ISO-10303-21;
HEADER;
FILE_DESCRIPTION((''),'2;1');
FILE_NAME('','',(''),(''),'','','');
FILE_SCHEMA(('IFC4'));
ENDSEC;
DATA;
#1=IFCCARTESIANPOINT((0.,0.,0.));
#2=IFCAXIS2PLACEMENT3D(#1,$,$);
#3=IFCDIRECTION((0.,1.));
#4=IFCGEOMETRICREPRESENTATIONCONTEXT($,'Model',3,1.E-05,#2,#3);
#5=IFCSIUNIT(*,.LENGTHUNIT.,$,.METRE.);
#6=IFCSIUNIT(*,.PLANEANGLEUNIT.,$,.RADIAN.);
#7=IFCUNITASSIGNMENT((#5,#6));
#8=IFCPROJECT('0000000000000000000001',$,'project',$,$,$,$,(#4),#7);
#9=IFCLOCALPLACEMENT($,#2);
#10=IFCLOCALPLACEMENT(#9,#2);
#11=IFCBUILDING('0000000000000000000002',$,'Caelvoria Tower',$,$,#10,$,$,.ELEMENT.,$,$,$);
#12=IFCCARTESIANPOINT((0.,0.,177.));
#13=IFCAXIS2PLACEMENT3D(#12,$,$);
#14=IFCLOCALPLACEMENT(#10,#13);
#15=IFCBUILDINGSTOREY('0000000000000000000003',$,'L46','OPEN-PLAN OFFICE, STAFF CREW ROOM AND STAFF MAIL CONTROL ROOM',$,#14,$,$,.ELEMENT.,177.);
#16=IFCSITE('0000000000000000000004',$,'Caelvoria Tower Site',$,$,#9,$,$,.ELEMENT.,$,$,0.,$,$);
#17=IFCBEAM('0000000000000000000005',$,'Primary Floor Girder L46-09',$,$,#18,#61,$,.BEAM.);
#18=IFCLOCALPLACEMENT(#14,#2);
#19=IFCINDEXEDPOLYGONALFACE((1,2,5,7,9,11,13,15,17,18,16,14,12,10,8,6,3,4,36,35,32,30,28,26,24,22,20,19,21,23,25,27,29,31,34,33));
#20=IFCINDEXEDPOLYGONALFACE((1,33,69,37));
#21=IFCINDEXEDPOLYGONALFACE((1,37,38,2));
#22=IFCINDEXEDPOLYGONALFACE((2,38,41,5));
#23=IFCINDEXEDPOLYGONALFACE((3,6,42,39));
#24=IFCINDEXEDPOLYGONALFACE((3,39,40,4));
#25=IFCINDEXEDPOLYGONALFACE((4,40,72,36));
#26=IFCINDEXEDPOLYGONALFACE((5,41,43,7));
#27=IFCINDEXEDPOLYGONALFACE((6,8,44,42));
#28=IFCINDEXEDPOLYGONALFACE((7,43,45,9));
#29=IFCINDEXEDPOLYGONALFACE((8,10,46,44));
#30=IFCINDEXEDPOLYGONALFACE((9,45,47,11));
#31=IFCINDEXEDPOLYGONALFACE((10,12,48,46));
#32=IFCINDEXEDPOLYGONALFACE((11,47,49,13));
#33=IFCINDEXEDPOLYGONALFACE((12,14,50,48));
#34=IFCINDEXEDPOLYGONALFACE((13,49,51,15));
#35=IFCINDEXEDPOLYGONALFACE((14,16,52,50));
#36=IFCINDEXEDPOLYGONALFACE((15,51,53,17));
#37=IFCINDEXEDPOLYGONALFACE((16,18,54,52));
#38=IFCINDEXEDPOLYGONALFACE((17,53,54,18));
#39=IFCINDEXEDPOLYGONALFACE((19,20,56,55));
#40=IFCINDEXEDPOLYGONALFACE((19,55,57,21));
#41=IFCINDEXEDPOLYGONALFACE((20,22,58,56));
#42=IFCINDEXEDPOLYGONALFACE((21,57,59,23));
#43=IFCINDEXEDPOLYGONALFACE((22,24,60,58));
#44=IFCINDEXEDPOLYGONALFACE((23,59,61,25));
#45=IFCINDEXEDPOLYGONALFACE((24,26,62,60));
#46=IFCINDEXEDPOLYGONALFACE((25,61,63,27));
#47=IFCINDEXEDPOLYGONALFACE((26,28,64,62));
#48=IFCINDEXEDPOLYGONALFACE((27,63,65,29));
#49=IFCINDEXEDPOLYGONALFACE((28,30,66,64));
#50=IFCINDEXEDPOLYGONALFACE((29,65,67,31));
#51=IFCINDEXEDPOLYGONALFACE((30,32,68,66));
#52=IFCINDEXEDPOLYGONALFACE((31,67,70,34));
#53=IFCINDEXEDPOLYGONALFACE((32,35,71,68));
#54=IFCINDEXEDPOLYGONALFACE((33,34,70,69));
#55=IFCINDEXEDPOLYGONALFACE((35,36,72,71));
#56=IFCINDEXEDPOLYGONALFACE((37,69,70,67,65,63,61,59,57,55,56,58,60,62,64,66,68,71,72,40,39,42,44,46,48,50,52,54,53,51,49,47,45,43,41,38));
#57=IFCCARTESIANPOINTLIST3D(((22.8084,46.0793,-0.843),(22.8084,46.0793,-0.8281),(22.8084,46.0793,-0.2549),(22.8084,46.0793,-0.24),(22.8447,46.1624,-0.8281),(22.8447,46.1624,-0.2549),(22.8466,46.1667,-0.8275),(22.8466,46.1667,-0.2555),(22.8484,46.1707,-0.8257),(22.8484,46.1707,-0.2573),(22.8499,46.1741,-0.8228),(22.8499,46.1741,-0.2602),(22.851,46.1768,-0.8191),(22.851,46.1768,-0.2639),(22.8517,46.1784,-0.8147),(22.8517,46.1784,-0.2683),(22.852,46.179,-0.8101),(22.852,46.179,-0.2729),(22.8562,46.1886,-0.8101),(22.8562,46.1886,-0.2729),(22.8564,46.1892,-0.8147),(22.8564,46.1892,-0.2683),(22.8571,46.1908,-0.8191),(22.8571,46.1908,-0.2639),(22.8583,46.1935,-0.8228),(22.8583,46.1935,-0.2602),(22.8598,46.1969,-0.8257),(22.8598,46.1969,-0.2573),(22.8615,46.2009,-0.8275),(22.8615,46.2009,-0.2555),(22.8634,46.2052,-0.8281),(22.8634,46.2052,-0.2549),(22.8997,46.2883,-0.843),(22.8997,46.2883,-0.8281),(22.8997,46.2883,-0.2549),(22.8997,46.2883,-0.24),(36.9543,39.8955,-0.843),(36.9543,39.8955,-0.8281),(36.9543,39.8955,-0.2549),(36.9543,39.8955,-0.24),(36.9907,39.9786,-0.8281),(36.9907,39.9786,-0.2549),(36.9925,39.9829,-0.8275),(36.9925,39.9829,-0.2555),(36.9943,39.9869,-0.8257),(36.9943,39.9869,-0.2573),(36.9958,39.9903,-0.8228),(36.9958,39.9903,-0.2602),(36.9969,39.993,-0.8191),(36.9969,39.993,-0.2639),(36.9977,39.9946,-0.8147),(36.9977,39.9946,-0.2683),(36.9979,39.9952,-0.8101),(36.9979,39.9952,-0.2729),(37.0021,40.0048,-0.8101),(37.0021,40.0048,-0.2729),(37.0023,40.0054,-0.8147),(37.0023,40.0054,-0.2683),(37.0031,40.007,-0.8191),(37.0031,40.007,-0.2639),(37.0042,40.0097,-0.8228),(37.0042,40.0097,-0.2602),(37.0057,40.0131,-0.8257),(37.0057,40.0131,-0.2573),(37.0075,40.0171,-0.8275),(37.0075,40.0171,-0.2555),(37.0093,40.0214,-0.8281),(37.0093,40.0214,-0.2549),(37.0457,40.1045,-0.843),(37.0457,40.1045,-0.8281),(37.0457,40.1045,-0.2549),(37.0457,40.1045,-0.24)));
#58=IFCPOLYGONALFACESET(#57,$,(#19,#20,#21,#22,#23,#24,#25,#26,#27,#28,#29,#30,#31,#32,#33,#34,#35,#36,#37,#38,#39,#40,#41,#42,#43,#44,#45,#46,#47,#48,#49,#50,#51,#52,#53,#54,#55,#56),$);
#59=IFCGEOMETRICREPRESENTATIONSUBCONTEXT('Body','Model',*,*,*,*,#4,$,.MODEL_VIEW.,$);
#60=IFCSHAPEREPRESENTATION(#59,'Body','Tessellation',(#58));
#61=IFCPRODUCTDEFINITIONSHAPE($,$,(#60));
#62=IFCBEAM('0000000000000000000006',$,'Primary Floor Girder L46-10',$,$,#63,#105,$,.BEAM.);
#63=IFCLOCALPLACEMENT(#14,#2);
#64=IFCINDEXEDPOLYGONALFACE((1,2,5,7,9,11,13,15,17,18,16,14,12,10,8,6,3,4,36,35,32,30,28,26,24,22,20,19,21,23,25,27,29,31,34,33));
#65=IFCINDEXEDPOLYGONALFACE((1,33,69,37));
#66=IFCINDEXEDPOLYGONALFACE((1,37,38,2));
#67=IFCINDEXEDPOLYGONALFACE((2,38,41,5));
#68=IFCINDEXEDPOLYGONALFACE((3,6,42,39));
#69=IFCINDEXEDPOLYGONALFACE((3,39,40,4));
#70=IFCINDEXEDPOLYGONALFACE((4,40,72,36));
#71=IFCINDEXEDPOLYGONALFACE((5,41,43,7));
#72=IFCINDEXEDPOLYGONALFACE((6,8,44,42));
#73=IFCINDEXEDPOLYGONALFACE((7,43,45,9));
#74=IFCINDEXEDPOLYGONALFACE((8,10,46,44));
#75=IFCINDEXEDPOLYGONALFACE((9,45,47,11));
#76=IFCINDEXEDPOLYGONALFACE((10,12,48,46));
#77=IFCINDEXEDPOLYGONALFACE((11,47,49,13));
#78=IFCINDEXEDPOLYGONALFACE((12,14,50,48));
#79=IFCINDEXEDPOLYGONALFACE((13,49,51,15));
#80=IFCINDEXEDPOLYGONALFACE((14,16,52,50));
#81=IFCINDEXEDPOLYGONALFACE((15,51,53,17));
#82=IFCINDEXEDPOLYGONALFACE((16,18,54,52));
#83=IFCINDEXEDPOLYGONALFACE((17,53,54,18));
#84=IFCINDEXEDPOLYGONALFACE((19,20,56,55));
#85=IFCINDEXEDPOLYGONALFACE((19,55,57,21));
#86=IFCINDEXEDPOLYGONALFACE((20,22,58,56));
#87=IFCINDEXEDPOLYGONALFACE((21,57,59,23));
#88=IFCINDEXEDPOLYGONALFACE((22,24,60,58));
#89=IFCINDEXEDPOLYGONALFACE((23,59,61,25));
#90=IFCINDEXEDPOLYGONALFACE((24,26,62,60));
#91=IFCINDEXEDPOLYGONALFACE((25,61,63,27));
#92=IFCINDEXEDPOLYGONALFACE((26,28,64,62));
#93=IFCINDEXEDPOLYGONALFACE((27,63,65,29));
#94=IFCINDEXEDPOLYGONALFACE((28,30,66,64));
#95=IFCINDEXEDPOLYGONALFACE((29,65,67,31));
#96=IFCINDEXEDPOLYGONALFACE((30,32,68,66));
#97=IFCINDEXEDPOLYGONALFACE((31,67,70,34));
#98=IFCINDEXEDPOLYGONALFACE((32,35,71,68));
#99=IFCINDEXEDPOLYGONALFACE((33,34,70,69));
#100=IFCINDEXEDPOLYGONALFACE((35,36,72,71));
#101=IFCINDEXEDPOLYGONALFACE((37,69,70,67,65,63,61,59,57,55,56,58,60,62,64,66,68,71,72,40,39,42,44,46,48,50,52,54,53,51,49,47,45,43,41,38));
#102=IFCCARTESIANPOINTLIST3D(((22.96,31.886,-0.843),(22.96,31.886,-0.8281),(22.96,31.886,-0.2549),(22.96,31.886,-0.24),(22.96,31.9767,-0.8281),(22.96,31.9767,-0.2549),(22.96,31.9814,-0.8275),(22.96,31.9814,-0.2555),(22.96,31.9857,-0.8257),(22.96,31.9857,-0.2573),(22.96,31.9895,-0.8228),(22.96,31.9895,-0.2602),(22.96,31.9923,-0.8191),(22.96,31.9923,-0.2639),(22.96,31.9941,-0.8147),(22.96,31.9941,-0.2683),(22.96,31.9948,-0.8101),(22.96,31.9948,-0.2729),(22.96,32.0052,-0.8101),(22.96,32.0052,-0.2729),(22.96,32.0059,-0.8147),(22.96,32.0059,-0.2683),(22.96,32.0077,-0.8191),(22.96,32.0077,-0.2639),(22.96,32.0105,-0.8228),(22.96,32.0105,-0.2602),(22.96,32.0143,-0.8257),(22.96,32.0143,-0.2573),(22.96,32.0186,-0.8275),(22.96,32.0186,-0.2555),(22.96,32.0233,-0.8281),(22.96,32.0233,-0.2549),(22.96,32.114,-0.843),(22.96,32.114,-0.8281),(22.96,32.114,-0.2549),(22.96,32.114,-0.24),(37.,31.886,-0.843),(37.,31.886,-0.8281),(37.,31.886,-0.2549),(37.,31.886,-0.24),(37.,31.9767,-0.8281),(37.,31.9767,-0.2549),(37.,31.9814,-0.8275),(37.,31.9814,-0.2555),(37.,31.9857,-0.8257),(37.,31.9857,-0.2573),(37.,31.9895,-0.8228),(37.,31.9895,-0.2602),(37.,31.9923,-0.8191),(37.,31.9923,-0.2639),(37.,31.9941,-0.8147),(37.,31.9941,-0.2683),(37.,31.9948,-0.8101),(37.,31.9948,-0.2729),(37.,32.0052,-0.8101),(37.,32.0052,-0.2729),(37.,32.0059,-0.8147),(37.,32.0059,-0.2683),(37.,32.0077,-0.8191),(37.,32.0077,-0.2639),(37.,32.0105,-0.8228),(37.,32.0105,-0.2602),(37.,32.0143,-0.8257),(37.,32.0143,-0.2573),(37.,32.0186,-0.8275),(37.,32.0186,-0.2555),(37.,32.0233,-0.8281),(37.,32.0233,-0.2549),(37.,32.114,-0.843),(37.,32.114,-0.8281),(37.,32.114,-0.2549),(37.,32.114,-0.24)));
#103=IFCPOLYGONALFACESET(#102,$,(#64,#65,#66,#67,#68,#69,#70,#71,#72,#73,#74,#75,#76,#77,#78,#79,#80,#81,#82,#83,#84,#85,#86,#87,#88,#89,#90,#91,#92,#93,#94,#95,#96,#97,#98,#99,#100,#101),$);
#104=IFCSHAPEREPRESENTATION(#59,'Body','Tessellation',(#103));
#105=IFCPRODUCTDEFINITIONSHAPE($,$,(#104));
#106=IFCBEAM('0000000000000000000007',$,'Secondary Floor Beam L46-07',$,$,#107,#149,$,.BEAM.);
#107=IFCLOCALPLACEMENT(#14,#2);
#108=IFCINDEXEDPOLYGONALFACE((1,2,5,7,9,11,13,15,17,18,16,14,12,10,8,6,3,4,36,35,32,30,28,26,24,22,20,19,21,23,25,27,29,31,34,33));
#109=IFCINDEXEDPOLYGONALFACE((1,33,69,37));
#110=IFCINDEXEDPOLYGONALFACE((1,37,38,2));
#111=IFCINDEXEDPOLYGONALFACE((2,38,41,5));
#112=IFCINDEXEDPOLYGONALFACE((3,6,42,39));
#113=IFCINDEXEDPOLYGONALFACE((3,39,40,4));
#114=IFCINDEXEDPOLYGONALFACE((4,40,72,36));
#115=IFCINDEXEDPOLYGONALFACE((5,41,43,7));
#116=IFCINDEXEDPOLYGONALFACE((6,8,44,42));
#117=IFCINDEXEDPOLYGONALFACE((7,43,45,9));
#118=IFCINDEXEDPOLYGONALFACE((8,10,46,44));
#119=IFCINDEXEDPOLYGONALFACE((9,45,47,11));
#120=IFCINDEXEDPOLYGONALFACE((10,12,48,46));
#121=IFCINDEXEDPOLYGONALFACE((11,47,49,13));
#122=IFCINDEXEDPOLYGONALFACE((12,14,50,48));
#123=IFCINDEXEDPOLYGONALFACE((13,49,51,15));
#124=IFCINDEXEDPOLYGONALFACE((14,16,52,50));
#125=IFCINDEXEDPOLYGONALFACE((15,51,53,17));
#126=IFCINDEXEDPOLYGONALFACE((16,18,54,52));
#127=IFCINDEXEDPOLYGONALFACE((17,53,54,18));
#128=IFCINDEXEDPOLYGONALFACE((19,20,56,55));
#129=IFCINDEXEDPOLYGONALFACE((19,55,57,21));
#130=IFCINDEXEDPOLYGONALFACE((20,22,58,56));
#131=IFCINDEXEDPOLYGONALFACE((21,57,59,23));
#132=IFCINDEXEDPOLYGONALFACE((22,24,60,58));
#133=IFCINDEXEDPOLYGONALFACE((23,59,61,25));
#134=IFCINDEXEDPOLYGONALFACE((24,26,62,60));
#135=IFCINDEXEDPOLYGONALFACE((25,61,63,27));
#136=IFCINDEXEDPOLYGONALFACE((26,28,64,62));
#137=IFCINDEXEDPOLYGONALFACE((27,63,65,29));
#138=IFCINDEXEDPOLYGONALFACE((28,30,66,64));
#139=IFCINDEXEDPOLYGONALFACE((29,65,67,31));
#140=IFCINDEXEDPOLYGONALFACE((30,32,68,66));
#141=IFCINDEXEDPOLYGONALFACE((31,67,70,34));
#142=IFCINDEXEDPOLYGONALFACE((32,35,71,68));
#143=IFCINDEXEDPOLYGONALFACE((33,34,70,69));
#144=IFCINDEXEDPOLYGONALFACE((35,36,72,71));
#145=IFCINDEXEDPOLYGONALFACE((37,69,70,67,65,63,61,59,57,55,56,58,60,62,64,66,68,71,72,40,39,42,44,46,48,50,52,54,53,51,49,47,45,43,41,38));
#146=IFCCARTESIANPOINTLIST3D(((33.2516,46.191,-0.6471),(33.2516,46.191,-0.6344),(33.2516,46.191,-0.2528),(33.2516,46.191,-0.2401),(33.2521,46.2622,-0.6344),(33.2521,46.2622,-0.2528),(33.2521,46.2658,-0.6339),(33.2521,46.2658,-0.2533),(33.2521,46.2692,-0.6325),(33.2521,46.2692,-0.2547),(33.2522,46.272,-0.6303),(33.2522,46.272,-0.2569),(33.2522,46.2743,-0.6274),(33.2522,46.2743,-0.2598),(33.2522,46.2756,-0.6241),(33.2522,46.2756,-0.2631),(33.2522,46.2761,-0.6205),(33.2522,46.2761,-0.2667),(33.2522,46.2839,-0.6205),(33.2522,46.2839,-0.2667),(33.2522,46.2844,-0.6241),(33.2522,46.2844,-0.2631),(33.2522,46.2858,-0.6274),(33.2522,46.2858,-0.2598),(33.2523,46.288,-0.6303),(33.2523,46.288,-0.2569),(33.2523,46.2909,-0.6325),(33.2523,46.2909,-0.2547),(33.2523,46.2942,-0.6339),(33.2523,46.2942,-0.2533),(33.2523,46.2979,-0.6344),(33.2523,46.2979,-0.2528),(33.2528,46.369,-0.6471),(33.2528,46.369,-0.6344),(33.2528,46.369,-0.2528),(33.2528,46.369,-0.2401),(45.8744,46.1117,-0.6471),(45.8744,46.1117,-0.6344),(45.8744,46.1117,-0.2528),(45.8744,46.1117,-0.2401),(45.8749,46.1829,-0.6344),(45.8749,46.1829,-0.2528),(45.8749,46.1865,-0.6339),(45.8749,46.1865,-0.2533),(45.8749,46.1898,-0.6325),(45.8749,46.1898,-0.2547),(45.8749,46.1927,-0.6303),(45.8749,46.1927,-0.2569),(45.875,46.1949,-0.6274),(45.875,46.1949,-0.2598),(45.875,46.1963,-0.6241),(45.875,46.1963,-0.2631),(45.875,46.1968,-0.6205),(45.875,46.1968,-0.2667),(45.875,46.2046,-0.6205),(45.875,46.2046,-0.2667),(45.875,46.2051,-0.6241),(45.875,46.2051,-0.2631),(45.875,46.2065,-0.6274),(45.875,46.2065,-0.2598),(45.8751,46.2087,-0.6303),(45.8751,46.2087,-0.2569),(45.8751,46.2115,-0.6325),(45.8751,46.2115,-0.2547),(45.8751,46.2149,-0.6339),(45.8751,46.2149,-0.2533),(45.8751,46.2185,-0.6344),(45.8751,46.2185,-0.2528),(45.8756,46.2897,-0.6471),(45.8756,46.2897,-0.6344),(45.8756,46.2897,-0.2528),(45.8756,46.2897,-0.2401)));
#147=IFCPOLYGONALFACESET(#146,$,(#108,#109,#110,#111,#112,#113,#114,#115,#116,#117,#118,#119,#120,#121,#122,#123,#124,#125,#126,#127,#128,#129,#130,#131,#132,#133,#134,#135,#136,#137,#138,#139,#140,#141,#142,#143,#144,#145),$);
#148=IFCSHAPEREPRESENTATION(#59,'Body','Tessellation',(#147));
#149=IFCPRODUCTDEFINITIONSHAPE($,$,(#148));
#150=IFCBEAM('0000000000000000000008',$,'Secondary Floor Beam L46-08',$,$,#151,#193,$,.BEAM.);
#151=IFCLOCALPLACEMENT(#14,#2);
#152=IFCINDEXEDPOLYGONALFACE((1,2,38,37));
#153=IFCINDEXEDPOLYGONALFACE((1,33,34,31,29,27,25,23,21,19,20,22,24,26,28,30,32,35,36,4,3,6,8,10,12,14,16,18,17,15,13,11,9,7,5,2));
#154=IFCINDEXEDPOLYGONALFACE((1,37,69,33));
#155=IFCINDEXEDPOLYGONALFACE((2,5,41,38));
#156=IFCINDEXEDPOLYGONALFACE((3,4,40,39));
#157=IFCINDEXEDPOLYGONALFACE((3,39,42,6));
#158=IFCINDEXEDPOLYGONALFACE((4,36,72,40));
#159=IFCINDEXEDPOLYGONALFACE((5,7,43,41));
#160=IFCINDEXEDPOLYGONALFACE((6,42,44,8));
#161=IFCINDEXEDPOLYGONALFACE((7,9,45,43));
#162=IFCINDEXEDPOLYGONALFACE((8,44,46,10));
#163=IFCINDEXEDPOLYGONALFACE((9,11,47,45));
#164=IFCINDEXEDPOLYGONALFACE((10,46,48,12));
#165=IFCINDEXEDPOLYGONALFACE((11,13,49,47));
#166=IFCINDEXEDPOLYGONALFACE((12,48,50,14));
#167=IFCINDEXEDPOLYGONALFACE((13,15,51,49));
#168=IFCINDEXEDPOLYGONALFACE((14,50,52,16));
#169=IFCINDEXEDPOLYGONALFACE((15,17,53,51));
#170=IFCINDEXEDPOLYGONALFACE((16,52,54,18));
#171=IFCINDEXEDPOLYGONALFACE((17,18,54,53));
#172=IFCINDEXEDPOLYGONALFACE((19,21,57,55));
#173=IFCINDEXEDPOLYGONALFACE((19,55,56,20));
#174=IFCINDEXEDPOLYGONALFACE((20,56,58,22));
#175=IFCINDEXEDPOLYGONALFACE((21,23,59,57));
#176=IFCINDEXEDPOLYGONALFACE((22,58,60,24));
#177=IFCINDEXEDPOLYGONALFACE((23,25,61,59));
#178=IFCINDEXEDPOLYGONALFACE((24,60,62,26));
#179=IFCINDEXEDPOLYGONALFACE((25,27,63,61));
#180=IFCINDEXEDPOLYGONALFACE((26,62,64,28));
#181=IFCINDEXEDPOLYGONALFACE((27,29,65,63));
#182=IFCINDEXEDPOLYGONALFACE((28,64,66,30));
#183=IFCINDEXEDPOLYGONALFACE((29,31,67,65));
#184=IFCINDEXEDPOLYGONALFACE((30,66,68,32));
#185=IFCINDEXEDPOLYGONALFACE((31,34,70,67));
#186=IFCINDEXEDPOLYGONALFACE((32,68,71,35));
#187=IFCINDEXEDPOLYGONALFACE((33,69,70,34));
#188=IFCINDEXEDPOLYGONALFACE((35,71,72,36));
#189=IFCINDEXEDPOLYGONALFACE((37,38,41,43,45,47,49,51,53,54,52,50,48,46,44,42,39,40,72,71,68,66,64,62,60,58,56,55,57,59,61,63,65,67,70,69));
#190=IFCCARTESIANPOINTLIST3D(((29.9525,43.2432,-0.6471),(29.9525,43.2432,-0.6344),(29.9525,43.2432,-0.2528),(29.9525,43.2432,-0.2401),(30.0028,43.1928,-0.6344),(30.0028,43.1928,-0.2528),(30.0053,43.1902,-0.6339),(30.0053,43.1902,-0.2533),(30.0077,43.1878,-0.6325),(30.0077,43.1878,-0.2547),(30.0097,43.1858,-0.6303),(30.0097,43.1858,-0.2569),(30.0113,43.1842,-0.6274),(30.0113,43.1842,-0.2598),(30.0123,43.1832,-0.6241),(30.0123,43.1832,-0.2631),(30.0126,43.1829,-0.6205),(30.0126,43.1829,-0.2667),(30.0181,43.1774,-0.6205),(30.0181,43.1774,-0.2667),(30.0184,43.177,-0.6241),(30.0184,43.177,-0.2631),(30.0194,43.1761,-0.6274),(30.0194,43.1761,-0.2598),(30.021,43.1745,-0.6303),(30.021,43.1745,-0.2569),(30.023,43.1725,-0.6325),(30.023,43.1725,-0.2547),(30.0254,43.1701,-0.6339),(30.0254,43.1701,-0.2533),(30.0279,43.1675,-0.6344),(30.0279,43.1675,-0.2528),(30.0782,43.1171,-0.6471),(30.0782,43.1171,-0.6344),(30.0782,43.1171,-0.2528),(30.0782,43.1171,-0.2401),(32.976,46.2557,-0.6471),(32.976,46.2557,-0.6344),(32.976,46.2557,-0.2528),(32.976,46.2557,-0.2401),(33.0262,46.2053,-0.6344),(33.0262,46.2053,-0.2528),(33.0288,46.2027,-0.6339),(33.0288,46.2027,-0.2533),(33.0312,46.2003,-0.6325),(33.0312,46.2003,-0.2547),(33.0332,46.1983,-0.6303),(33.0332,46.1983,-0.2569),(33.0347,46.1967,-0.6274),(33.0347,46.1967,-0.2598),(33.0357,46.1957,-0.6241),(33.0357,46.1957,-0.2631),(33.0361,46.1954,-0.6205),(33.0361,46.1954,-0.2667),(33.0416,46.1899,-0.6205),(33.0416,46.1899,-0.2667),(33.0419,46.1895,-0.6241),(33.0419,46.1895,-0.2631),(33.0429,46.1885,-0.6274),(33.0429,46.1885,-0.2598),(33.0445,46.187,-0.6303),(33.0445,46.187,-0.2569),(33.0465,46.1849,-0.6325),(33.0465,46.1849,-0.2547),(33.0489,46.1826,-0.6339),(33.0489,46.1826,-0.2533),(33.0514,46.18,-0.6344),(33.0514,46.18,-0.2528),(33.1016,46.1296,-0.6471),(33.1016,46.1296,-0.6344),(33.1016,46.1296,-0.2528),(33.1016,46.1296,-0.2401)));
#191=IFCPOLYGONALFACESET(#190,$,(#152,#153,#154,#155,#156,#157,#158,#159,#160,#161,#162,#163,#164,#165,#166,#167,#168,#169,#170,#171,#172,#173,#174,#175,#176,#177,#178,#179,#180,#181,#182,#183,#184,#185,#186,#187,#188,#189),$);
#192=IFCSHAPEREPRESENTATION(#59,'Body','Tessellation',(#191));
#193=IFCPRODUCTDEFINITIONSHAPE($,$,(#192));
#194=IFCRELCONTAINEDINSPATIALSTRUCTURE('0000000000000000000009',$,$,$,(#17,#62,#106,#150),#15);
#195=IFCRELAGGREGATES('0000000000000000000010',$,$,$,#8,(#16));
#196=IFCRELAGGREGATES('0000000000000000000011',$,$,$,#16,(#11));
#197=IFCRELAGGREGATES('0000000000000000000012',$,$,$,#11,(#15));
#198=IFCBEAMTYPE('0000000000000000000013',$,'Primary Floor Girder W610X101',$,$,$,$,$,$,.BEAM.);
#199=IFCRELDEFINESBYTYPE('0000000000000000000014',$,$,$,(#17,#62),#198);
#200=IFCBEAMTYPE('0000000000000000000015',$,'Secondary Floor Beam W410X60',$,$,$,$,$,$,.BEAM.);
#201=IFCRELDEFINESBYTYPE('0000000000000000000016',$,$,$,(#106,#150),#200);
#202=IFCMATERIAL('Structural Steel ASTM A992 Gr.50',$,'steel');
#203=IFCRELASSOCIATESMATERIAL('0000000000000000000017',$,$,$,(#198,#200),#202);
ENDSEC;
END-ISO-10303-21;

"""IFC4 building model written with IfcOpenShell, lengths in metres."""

from ifc_helpers import new_model, si_unit, direction, frame, origin, origin_2d, place, context, subcontext, project, spatial, i_section, extrude, material, material_profile, profile_set, type_object, element, save


model = new_model("IFC4")

# Units and contexts
model_context = context("Model", 3, precision=1e-05, world=origin(), true_north=direction((0.0, 1.0)))
body_context = subcontext(model_context, "Body", "Model", "MODEL_VIEW")
ifc_project = project(units=[si_unit("LENGTHUNIT", "METRE"), si_unit("PLANEANGLEUNIT", "RADIAN")], contexts=[model_context])

# Site, building, storey
site_placement = place(None, origin())
site = spatial("IfcSite", under=ifc_project, at=site_placement, Name="Caelvoria Tower Site", CompositionType="ELEMENT", RefElevation=0.0)
building_placement = place(site_placement, origin())
building = spatial("IfcBuilding", under=site, at=building_placement, Name="Caelvoria Tower", CompositionType="ELEMENT")
storey_placement = place(building_placement, frame((0.0, 0.0, 177.0)))
storey = spatial("IfcBuildingStorey", under=building, at=storey_placement, Name="L46", Description="OPEN-PLAN OFFICE, STAFF CREW ROOM AND STAFF MAIL CONTROL ROOM", CompositionType="ELEMENT", Elevation=177.0)

# Shared definitions
ifc_material_1 = material(Name="Structural Steel ASTM A992 Gr.50", Category="steel")

# Beams
ifc_material_profile_1 = material_profile(ifc_material_1, i_section(OverallWidth=0.228, OverallDepth=0.603, WebThickness=0.0105, FlangeThickness=0.0149, FilletRadius=0.0181, at=origin_2d()), Name="Structural Steel ASTM A992 Gr.50")
ifc_profile_set_1 = profile_set([ifc_material_profile_1], Name="W610X101 - Structural Steel ASTM A992 Gr.50")
beam_type_1 = type_object("IfcBeamType", Name="Primary Floor Girder W610X101", PredefinedType="BEAM", material=ifc_profile_set_1)
beam_1_placement = place(storey_placement, frame((37.0, 40.0, -0.5415), z_axis=(-0.916277, 0.400545, 0.0), x_axis=(-0.400545, -0.916277, 0.0)))
element("IfcBeam", 1, at=beam_1_placement, inside=storey, type_object=beam_type_1, Name="Primary Floor Girder L46-09", PredefinedType="BEAM", context=body_context, shape_type="SweptSolid", body=[
    extrude(i_section(OverallWidth=0.228, OverallDepth=0.603, WebThickness=0.0105, FlangeThickness=0.0149, FilletRadius=0.0181, at=origin_2d()), origin(), (0.0, 0.0, 1.0), 15.4385),
])
beam_2_placement = place(storey_placement, frame((37.0, 32.0, -0.5415), z_axis=(-1.0, 0.0, 0.0), x_axis=(0.0, -1.0, 0.0)))
element("IfcBeam", 2, at=beam_2_placement, inside=storey, type_object=beam_type_1, Name="Primary Floor Girder L46-10", PredefinedType="BEAM", context=body_context, shape_type="SweptSolid", body=[
    extrude(i_section(OverallWidth=0.228, OverallDepth=0.603, WebThickness=0.0105, FlangeThickness=0.0149, FilletRadius=0.0181, at=origin_2d()), origin(), (0.0, 0.0, 1.0), 14.04),
])
ifc_material_profile_2 = material_profile(ifc_material_1, i_section(OverallWidth=0.178, OverallDepth=0.407, WebThickness=0.0078, FlangeThickness=0.0127, FilletRadius=0.0139, at=origin_2d()), Name="Structural Steel ASTM A992 Gr.50")
ifc_profile_set_2 = profile_set([ifc_material_profile_2], Name="W410X60 - Structural Steel ASTM A992 Gr.50")
beam_type_2 = type_object("IfcBeamType", Name="Secondary Floor Beam W410X60", PredefinedType="BEAM", material=ifc_profile_set_2)
beam_3_placement = place(storey_placement, frame((45.875, 46.2007, -0.4436), z_axis=(-0.99998, 0.006286, 0.0), x_axis=(-0.006286, -0.99998, 0.0)))
element("IfcBeam", 3, at=beam_3_placement, inside=storey, type_object=beam_type_2, Name="Secondary Floor Beam L46-07", PredefinedType="BEAM", context=body_context, shape_type="SweptSolid", body=[
    extrude(i_section(OverallWidth=0.178, OverallDepth=0.407, WebThickness=0.0078, FlangeThickness=0.0127, FilletRadius=0.0139, at=origin_2d()), origin(), (0.0, 0.0, 1.0), 12.623),
])
beam_4_placement = place(storey_placement, frame((33.0388, 46.1926, -0.4436), z_axis=(-0.708393, -0.705819, 0.0), x_axis=(0.705819, -0.708393, 0.0)))
element("IfcBeam", 4, at=beam_4_placement, inside=storey, type_object=beam_type_2, Name="Secondary Floor Beam L46-08", PredefinedType="BEAM", context=body_context, shape_type="SweptSolid", body=[
    extrude(i_section(OverallWidth=0.178, OverallDepth=0.407, WebThickness=0.0078, FlangeThickness=0.0127, FilletRadius=0.0139, at=origin_2d()), origin(), (0.0, 0.0, 1.0), 4.2681),
])

save(model, "model.ifc")
